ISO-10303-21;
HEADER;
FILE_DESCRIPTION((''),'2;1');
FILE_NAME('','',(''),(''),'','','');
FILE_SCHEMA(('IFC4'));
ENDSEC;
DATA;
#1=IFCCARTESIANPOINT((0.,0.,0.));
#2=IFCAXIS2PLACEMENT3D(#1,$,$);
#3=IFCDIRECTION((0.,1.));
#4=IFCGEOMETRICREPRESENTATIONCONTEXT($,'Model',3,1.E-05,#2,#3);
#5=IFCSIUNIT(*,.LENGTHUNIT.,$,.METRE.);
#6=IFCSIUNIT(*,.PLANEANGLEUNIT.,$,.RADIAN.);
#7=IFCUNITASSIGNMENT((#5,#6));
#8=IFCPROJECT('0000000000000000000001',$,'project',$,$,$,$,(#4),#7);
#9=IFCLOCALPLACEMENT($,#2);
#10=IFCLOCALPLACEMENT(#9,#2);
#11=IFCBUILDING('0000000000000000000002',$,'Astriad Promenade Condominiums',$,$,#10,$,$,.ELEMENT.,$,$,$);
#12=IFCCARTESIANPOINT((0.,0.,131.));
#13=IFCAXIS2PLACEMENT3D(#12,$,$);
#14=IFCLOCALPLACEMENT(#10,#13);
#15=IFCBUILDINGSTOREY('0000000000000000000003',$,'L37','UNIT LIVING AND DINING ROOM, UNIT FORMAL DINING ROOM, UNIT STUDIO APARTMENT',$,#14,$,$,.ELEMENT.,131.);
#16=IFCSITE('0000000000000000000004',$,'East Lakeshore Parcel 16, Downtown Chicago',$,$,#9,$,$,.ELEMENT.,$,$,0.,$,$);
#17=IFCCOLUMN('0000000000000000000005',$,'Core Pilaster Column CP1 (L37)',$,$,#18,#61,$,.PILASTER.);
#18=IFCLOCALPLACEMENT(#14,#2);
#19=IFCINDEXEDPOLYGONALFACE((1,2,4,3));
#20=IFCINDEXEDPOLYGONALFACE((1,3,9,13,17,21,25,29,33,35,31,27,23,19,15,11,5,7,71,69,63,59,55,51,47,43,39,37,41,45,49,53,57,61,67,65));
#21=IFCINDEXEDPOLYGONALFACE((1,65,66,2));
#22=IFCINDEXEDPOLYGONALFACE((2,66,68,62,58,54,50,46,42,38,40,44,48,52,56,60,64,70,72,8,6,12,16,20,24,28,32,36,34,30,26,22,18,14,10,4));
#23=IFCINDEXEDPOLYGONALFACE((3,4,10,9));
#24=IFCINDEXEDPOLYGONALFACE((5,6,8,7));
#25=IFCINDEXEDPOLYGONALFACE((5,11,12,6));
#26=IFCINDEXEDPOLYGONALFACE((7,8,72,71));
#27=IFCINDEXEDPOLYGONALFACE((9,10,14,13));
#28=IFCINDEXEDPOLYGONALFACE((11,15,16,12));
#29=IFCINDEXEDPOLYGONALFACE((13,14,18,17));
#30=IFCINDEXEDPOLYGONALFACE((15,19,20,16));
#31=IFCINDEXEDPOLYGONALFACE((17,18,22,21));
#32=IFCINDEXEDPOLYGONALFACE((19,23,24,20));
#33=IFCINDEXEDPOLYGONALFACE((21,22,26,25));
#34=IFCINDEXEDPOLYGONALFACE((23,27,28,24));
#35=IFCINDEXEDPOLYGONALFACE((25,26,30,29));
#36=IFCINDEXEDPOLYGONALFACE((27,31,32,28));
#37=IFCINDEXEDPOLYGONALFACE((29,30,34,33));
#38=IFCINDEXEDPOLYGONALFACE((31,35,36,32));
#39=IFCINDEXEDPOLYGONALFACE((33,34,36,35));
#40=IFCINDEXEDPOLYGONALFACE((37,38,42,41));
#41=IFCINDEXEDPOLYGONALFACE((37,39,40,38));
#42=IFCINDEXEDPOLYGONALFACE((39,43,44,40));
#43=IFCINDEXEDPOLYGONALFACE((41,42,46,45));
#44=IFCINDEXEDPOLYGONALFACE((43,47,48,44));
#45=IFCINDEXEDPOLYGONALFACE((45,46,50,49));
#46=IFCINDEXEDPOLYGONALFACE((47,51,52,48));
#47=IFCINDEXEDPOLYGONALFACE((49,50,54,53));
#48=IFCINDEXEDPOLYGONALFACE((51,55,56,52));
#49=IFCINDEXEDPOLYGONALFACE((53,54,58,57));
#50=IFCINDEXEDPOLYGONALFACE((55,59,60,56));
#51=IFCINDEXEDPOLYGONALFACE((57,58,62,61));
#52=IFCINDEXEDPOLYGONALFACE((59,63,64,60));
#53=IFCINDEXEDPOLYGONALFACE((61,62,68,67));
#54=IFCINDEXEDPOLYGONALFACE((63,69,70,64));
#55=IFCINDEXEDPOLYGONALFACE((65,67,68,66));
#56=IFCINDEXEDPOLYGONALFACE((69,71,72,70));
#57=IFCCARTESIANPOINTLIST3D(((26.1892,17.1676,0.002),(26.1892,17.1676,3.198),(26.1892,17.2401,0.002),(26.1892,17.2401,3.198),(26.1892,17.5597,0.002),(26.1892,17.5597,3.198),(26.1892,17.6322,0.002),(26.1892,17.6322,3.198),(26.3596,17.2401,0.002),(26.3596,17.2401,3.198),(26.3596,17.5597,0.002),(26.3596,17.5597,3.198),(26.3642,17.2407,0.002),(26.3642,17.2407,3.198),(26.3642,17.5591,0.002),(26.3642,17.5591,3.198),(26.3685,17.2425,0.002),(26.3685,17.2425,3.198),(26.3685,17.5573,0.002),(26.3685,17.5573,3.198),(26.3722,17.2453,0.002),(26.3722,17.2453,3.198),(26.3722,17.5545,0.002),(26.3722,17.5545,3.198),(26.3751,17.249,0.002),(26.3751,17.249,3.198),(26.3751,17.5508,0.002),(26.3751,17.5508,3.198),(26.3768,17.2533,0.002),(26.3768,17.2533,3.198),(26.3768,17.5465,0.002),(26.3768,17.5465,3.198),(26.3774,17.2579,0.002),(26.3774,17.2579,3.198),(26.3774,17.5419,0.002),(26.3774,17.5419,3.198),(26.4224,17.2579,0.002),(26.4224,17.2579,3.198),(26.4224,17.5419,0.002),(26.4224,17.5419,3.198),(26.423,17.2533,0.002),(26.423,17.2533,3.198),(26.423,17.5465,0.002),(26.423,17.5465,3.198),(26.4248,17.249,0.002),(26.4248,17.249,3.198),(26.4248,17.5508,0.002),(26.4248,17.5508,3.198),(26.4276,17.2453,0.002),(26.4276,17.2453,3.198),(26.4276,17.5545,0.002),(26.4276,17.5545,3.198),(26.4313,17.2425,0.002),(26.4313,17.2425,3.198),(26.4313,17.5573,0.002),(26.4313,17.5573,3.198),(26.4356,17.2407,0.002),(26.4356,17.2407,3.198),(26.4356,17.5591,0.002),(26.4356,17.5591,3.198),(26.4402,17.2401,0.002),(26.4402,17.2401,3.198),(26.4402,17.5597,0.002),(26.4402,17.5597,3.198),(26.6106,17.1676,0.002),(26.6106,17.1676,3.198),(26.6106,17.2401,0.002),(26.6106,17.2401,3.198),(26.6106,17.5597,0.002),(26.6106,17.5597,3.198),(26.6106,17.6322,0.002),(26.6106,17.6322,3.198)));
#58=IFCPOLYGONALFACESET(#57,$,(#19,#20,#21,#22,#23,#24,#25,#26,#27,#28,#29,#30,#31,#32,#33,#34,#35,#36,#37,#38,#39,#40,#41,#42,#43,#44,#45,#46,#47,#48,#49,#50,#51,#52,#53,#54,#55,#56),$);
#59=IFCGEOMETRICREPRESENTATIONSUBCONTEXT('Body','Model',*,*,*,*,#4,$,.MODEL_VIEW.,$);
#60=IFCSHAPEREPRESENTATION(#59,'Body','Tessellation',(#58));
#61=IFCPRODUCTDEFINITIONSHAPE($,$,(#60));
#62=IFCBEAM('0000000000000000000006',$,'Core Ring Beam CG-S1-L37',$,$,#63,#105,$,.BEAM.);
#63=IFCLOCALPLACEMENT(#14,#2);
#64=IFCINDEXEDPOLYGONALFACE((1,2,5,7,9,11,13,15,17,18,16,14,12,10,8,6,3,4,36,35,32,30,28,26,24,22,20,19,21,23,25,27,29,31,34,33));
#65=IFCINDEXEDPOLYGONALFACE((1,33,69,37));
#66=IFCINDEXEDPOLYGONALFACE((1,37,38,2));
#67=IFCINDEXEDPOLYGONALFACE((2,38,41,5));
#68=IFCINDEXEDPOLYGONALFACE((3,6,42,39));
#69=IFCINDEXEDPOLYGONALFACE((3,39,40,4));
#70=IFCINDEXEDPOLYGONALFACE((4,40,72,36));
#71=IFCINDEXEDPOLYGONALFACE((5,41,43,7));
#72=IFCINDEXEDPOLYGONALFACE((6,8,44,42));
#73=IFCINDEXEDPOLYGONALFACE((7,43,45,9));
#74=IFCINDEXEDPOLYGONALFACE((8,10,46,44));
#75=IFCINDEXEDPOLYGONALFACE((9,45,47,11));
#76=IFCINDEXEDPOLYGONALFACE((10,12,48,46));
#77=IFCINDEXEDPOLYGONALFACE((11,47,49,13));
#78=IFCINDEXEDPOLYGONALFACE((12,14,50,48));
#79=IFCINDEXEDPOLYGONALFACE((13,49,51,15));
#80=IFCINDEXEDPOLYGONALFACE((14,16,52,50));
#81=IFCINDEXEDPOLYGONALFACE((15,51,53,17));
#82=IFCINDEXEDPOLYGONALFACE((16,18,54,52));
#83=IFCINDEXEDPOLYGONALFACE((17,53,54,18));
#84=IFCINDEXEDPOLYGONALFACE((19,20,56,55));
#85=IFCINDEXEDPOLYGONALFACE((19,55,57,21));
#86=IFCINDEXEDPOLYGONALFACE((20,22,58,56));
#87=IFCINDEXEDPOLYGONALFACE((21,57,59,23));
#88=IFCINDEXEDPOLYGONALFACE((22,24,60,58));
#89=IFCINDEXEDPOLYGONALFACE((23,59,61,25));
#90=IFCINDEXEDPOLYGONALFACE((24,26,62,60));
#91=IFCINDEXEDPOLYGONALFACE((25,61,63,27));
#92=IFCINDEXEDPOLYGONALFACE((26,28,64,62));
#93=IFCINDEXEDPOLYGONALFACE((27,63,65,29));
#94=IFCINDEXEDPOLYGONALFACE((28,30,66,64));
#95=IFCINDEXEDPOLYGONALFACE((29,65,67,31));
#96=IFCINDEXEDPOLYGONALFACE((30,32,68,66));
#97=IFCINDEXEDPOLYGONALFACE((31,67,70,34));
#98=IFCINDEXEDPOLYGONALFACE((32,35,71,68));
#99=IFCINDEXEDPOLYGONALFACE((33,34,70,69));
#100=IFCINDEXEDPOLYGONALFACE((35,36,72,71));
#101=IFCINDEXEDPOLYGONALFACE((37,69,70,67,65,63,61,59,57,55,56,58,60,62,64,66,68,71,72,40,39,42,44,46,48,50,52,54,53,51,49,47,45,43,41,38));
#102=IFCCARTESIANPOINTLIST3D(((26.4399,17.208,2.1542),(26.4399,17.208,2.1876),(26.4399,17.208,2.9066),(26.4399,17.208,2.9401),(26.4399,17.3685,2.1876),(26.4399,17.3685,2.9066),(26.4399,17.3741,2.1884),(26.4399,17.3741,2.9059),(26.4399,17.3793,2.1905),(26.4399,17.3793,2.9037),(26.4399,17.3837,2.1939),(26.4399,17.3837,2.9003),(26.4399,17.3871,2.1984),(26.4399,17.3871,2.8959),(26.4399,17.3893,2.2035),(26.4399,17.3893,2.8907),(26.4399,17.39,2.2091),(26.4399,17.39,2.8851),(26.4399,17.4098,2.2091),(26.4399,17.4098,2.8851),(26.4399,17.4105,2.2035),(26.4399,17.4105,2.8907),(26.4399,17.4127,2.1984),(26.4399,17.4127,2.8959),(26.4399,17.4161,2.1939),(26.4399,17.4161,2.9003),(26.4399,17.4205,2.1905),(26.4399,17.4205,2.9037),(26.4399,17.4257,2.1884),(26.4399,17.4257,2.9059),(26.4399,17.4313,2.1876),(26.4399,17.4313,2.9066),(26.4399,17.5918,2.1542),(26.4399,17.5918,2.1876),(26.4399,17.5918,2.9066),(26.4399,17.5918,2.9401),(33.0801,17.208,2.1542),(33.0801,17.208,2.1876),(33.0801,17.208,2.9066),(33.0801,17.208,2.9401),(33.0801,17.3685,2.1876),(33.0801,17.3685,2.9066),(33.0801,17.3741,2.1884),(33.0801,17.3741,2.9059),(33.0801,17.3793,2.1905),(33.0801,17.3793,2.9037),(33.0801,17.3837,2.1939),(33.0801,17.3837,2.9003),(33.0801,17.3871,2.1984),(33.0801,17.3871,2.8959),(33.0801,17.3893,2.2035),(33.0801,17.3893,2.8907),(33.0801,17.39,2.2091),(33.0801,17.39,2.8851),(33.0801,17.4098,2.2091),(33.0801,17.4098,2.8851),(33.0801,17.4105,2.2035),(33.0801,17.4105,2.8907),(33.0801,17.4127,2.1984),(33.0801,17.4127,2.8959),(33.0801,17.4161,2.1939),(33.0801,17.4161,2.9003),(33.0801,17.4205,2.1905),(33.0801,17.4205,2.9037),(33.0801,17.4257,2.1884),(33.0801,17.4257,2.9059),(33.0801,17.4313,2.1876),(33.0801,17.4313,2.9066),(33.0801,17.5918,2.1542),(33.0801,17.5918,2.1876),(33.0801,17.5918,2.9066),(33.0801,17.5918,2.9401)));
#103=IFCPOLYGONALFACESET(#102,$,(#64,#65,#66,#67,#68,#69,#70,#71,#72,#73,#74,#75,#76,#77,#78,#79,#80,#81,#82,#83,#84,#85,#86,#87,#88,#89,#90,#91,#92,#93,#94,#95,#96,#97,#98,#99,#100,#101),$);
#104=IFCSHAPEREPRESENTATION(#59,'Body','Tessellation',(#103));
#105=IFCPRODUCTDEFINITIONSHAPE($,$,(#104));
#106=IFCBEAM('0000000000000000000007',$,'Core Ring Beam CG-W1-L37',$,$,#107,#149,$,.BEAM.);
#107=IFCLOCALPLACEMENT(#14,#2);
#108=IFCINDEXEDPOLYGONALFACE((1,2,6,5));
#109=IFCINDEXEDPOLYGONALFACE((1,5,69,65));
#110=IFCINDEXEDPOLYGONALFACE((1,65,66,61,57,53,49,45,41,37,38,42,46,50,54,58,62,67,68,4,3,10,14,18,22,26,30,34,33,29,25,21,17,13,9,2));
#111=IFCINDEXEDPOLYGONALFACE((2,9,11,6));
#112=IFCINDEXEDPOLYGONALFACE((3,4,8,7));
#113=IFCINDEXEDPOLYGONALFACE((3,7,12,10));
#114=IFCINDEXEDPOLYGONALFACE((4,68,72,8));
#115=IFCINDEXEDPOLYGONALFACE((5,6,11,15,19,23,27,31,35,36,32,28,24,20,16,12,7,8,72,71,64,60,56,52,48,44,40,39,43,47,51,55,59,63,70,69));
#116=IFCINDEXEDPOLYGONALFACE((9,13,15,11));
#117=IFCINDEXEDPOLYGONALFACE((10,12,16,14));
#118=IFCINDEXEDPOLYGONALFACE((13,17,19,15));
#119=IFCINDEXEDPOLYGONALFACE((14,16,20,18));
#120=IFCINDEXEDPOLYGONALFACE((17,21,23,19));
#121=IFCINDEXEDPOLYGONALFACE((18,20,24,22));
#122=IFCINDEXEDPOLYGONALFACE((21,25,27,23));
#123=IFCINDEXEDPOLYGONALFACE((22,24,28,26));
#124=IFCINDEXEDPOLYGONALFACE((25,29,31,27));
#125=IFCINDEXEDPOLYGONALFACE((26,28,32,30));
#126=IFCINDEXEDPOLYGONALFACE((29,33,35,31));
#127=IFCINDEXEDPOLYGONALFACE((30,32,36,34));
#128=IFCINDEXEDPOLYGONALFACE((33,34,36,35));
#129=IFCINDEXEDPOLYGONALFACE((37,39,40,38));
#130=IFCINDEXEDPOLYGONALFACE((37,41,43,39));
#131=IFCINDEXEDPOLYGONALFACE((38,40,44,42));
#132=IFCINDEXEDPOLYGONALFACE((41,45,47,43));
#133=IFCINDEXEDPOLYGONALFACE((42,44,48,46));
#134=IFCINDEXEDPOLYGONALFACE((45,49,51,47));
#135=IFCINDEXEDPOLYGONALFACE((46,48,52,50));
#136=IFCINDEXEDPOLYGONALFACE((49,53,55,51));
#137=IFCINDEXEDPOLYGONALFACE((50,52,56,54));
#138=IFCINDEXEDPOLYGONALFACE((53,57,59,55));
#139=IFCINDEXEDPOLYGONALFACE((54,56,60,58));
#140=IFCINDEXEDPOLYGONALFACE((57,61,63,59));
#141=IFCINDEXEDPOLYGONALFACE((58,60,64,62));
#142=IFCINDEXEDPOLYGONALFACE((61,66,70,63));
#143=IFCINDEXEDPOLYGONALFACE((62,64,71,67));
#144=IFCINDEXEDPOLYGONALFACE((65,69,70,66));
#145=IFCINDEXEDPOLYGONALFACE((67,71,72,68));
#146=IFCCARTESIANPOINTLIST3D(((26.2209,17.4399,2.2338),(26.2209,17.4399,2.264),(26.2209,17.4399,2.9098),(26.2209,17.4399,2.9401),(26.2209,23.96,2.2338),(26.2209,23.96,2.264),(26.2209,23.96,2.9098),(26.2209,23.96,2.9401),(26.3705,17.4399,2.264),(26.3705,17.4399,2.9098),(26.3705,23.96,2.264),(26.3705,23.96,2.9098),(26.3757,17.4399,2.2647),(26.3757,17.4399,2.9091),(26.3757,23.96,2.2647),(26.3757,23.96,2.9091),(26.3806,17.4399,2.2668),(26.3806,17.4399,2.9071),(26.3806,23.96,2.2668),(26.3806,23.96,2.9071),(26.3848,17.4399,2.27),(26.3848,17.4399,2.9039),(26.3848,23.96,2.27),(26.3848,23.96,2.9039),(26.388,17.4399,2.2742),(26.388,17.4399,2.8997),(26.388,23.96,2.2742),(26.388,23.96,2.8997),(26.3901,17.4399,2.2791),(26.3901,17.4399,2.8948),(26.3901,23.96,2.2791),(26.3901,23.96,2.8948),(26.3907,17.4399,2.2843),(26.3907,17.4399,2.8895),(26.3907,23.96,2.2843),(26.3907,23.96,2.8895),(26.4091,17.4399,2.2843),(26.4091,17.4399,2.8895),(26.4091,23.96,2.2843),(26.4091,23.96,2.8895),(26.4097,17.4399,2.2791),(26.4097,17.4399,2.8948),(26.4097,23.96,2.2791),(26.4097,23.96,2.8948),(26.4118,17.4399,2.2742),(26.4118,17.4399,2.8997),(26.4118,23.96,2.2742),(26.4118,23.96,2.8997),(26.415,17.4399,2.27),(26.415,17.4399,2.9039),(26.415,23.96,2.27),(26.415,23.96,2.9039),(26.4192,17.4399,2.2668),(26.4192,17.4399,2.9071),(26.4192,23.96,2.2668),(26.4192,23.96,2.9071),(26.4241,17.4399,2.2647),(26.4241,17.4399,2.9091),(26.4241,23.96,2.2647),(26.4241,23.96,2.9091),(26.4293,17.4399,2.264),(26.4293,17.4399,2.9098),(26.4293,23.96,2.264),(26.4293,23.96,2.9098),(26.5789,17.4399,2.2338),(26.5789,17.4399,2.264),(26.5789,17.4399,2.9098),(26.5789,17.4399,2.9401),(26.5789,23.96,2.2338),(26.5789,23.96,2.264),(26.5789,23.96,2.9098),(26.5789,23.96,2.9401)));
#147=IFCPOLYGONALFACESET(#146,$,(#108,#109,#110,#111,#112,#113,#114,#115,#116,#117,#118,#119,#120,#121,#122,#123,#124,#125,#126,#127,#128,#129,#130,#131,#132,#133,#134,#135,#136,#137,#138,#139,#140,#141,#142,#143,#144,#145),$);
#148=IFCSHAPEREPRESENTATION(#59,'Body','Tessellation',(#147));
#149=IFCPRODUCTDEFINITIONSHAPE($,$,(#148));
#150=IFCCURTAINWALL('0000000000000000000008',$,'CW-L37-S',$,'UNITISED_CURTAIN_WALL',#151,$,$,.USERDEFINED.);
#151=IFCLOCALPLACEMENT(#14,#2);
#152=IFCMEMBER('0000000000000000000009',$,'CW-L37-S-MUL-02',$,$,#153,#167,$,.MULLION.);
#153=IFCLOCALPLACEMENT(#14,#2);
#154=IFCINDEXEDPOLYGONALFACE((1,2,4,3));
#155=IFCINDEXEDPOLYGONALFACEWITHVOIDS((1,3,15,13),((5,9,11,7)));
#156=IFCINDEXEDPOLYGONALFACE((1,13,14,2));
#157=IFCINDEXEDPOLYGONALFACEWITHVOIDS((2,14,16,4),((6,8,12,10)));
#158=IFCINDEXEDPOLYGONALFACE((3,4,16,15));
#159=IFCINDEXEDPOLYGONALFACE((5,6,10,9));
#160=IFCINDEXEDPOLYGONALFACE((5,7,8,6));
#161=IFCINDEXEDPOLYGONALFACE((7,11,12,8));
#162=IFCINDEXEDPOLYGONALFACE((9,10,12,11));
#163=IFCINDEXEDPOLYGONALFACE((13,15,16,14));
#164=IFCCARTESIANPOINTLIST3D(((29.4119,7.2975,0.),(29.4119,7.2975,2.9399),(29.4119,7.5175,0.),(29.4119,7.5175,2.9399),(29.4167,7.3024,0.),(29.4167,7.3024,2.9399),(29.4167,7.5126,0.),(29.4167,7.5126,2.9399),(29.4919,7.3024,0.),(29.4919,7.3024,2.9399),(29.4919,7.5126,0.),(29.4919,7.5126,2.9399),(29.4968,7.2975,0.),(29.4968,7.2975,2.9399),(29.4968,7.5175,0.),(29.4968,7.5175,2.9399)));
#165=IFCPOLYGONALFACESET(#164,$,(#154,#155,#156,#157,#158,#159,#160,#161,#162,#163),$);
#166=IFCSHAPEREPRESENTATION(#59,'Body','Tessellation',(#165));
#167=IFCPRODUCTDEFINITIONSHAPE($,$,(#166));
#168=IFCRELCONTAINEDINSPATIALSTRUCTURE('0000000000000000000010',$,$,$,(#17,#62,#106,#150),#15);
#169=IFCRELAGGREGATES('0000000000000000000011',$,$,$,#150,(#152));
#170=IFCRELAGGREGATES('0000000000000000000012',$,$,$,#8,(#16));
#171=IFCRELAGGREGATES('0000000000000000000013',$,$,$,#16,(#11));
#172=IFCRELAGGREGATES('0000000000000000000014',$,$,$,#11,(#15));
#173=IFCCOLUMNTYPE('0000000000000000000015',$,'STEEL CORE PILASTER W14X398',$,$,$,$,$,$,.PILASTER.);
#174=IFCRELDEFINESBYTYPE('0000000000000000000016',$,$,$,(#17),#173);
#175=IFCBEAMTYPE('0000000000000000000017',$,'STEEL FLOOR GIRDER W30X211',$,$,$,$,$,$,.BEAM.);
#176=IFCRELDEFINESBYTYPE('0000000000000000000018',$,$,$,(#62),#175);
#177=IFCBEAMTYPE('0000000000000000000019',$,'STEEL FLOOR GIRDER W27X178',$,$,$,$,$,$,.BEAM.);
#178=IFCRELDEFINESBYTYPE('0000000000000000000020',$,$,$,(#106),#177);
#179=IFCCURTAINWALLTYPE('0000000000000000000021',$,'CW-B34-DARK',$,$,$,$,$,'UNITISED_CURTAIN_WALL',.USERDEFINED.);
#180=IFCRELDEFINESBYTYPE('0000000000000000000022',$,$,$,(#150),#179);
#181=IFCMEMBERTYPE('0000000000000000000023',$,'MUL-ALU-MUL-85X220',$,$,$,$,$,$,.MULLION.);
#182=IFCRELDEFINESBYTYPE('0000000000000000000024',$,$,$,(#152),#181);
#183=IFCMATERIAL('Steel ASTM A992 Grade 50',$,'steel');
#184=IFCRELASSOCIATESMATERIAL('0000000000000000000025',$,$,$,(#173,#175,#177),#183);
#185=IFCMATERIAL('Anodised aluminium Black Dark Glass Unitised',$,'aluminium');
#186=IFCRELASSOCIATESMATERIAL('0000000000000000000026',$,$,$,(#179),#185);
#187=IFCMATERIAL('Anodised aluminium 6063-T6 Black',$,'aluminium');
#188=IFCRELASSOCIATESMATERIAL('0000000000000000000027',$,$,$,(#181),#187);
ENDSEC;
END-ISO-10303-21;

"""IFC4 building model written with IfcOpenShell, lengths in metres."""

from ifc_helpers import new_model, si_unit, direction, frame, origin, origin_2d, place, context, subcontext, project, spatial, hollow_rectangle, i_section, extrude, source, transform, mapped, material, material_profile, profile_set, type_object, type_shapes, element, aggregate, save


model = new_model("IFC4")

# Units and contexts
model_context = context("Model", 3, precision=1e-05, world=origin(), true_north=direction((0.0, 1.0)))
body_context = subcontext(model_context, "Body", "Model", "MODEL_VIEW")
ifc_project = project(units=[si_unit("LENGTHUNIT", "METRE"), si_unit("PLANEANGLEUNIT", "RADIAN")], contexts=[model_context])

# Site, building, storey
site_placement = place(None, origin())
site = spatial("IfcSite", under=ifc_project, at=site_placement, Name="East Lakeshore Parcel 16, Downtown Chicago", CompositionType="ELEMENT", RefElevation=0.0)
building_placement = place(site_placement, origin())
building = spatial("IfcBuilding", under=site, at=building_placement, Name="Astriad Promenade Condominiums", CompositionType="ELEMENT")
storey_placement = place(building_placement, frame((0.0, 0.0, 131.0)))
storey = spatial("IfcBuildingStorey", under=building, at=storey_placement, Name="L37", Description="UNIT LIVING AND DINING ROOM, UNIT FORMAL DINING ROOM, UNIT STUDIO APARTMENT", CompositionType="ELEMENT", Elevation=131.0)

# Column
ifc_material_1 = material(Name="Steel ASTM A992 Grade 50", Category="steel")
ifc_material_profile_1 = material_profile(ifc_material_1, i_section(OverallWidth=0.4214, OverallDepth=0.4646, WebThickness=0.0449, FlangeThickness=0.0725, FilletRadius=0.0178, at=origin_2d()), Name="W14X398")
ifc_profile_set_1 = profile_set([ifc_material_profile_1], Name="Steel ASTM A992 Grade 50")
column_type = type_object("IfcColumnType", Name="STEEL CORE PILASTER W14X398", PredefinedType="PILASTER", material=ifc_profile_set_1)
shared_shape_1 = source(origin(), body_context, "Body", "SweptSolid", [
    extrude(i_section(OverallWidth=0.4214, OverallDepth=0.4646, WebThickness=0.0449, FlangeThickness=0.0725, FilletRadius=0.0178, at=origin_2d()), origin(), (0.0, 0.0, 1.0), 3.196),
])
type_shapes(column_type, [shared_shape_1])
column_placement = place(storey_placement, frame((26.3999, 17.3999, 0.002), z_axis=(0.0, 0.0, 1.0), x_axis=(1.0, 0.0, 0.0)))
element("IfcColumn", 1, at=column_placement, inside=storey, type_object=column_type, Name="Core Pilaster Column CP1 (L37)", PredefinedType="PILASTER", context=body_context, shape_type="MappedRepresentation", body=[
    mapped(shared_shape_1, transform((0.0, 0.0, 0.0), scale=1.0)),
])

# Beams
ifc_material_profile_2 = material_profile(ifc_material_1, i_section(OverallWidth=0.3838, OverallDepth=0.7859, WebThickness=0.0198, FlangeThickness=0.0334, FilletRadius=0.0215, at=origin_2d()), Name="W30X211")
ifc_profile_set_2 = profile_set([ifc_material_profile_2], Name="Steel ASTM A992 Grade 50")
beam_type_1 = type_object("IfcBeamType", Name="STEEL FLOOR GIRDER W30X211", PredefinedType="BEAM", material=ifc_profile_set_2)
shared_shape_2 = source(origin(), body_context, "Body", "SweptSolid", [
    extrude(i_section(OverallWidth=0.3838, OverallDepth=0.7859, WebThickness=0.0198, FlangeThickness=0.0334, FilletRadius=0.0215, at=origin_2d()), origin(), (0.0, 0.0, 1.0), 6.6401),
])
type_shapes(beam_type_1, [shared_shape_2])
beam_1_placement = place(storey_placement, frame((26.4399, 17.3999, 2.5471), z_axis=(1.0, 0.0, 0.0), x_axis=(0.0, 1.0, 0.0)))
element("IfcBeam", 2, at=beam_1_placement, inside=storey, type_object=beam_type_1, Name="Core Ring Beam CG-S1-L37", PredefinedType="BEAM", context=body_context, shape_type="MappedRepresentation", body=[
    mapped(shared_shape_2, transform((0.0, 0.0, 0.0), scale=1.0)),
])
ifc_material_profile_3 = material_profile(ifc_material_1, i_section(OverallWidth=0.3579, OverallDepth=0.7063, WebThickness=0.0183, FlangeThickness=0.0303, FilletRadius=0.0203, at=origin_2d()), Name="W27X178")
ifc_profile_set_3 = profile_set([ifc_material_profile_3], Name="Steel ASTM A992 Grade 50")
beam_type_2 = type_object("IfcBeamType", Name="STEEL FLOOR GIRDER W27X178", PredefinedType="BEAM", material=ifc_profile_set_3)
shared_shape_3 = source(origin(), body_context, "Body", "SweptSolid", [
    extrude(i_section(OverallWidth=0.3579, OverallDepth=0.7063, WebThickness=0.0183, FlangeThickness=0.0303, FilletRadius=0.0203, at=origin_2d()), origin(), (0.0, 0.0, 1.0), 6.52),
])
type_shapes(beam_type_2, [shared_shape_3])
beam_2_placement = place(storey_placement, frame((26.3999, 17.4399, 2.5869), z_axis=(0.0, 1.0, 0.0), x_axis=(-1.0, 0.0, 0.0)))
element("IfcBeam", 3, at=beam_2_placement, inside=storey, type_object=beam_type_2, Name="Core Ring Beam CG-W1-L37", PredefinedType="BEAM", context=body_context, shape_type="MappedRepresentation", body=[
    mapped(shared_shape_3, transform((0.0, 0.0, 0.0), scale=1.0)),
])

# Curtain wall, member
ifc_material_2 = material(Name="Anodised aluminium Black Dark Glass Unitised", Category="aluminium")
curtain_wall_type = type_object("IfcCurtainWallType", Name="CW-B34-DARK", ElementType="UNITISED_CURTAIN_WALL", PredefinedType="USERDEFINED", material=ifc_material_2)
curtain_wall_placement = place(storey_placement, origin())
curtain_wall = element("IfcCurtainWall", 4, at=curtain_wall_placement, inside=storey, type_object=curtain_wall_type, Name="CW-L37-S", ObjectType="UNITISED_CURTAIN_WALL", PredefinedType="USERDEFINED")
ifc_material_3 = material(Name="Anodised aluminium 6063-T6 Black", Category="aluminium")
ifc_material_profile_4 = material_profile(ifc_material_3, hollow_rectangle(XDim=0.085, YDim=0.22, WallThickness=0.0049, at=origin_2d()), Name="ALU-MUL-85X220")
ifc_profile_set_4 = profile_set([ifc_material_profile_4], Name="Anodised aluminium 6063-T6 Black")
member_type_1 = type_object("IfcMemberType", Name="MUL-ALU-MUL-85X220", PredefinedType="MULLION", material=ifc_profile_set_4)
shared_shape_4 = source(origin(), body_context, "Body", "SweptSolid", [
    extrude(hollow_rectangle(XDim=0.085, YDim=0.22, WallThickness=0.0049, at=origin_2d()), origin(), (0.0, 0.0, 1.0), 2.9399),
])
type_shapes(member_type_1, [shared_shape_4])
member_1_placement = place(storey_placement, frame((29.4543, 7.4075, 0.0), z_axis=(0.0, 0.0, 1.0), x_axis=(1.0, 0.0, 0.0)))
member_1 = element("IfcMember", 5, at=member_1_placement, type_object=member_type_1, Name="CW-L37-S-MUL-02", PredefinedType="MULLION", context=body_context, shape_type="MappedRepresentation", body=[
    mapped(shared_shape_4, transform((0.0, 0.0, 0.0), scale=1.0)),
])
aggregate(curtain_wall, [member_1])

save(model, "model.ifc")
